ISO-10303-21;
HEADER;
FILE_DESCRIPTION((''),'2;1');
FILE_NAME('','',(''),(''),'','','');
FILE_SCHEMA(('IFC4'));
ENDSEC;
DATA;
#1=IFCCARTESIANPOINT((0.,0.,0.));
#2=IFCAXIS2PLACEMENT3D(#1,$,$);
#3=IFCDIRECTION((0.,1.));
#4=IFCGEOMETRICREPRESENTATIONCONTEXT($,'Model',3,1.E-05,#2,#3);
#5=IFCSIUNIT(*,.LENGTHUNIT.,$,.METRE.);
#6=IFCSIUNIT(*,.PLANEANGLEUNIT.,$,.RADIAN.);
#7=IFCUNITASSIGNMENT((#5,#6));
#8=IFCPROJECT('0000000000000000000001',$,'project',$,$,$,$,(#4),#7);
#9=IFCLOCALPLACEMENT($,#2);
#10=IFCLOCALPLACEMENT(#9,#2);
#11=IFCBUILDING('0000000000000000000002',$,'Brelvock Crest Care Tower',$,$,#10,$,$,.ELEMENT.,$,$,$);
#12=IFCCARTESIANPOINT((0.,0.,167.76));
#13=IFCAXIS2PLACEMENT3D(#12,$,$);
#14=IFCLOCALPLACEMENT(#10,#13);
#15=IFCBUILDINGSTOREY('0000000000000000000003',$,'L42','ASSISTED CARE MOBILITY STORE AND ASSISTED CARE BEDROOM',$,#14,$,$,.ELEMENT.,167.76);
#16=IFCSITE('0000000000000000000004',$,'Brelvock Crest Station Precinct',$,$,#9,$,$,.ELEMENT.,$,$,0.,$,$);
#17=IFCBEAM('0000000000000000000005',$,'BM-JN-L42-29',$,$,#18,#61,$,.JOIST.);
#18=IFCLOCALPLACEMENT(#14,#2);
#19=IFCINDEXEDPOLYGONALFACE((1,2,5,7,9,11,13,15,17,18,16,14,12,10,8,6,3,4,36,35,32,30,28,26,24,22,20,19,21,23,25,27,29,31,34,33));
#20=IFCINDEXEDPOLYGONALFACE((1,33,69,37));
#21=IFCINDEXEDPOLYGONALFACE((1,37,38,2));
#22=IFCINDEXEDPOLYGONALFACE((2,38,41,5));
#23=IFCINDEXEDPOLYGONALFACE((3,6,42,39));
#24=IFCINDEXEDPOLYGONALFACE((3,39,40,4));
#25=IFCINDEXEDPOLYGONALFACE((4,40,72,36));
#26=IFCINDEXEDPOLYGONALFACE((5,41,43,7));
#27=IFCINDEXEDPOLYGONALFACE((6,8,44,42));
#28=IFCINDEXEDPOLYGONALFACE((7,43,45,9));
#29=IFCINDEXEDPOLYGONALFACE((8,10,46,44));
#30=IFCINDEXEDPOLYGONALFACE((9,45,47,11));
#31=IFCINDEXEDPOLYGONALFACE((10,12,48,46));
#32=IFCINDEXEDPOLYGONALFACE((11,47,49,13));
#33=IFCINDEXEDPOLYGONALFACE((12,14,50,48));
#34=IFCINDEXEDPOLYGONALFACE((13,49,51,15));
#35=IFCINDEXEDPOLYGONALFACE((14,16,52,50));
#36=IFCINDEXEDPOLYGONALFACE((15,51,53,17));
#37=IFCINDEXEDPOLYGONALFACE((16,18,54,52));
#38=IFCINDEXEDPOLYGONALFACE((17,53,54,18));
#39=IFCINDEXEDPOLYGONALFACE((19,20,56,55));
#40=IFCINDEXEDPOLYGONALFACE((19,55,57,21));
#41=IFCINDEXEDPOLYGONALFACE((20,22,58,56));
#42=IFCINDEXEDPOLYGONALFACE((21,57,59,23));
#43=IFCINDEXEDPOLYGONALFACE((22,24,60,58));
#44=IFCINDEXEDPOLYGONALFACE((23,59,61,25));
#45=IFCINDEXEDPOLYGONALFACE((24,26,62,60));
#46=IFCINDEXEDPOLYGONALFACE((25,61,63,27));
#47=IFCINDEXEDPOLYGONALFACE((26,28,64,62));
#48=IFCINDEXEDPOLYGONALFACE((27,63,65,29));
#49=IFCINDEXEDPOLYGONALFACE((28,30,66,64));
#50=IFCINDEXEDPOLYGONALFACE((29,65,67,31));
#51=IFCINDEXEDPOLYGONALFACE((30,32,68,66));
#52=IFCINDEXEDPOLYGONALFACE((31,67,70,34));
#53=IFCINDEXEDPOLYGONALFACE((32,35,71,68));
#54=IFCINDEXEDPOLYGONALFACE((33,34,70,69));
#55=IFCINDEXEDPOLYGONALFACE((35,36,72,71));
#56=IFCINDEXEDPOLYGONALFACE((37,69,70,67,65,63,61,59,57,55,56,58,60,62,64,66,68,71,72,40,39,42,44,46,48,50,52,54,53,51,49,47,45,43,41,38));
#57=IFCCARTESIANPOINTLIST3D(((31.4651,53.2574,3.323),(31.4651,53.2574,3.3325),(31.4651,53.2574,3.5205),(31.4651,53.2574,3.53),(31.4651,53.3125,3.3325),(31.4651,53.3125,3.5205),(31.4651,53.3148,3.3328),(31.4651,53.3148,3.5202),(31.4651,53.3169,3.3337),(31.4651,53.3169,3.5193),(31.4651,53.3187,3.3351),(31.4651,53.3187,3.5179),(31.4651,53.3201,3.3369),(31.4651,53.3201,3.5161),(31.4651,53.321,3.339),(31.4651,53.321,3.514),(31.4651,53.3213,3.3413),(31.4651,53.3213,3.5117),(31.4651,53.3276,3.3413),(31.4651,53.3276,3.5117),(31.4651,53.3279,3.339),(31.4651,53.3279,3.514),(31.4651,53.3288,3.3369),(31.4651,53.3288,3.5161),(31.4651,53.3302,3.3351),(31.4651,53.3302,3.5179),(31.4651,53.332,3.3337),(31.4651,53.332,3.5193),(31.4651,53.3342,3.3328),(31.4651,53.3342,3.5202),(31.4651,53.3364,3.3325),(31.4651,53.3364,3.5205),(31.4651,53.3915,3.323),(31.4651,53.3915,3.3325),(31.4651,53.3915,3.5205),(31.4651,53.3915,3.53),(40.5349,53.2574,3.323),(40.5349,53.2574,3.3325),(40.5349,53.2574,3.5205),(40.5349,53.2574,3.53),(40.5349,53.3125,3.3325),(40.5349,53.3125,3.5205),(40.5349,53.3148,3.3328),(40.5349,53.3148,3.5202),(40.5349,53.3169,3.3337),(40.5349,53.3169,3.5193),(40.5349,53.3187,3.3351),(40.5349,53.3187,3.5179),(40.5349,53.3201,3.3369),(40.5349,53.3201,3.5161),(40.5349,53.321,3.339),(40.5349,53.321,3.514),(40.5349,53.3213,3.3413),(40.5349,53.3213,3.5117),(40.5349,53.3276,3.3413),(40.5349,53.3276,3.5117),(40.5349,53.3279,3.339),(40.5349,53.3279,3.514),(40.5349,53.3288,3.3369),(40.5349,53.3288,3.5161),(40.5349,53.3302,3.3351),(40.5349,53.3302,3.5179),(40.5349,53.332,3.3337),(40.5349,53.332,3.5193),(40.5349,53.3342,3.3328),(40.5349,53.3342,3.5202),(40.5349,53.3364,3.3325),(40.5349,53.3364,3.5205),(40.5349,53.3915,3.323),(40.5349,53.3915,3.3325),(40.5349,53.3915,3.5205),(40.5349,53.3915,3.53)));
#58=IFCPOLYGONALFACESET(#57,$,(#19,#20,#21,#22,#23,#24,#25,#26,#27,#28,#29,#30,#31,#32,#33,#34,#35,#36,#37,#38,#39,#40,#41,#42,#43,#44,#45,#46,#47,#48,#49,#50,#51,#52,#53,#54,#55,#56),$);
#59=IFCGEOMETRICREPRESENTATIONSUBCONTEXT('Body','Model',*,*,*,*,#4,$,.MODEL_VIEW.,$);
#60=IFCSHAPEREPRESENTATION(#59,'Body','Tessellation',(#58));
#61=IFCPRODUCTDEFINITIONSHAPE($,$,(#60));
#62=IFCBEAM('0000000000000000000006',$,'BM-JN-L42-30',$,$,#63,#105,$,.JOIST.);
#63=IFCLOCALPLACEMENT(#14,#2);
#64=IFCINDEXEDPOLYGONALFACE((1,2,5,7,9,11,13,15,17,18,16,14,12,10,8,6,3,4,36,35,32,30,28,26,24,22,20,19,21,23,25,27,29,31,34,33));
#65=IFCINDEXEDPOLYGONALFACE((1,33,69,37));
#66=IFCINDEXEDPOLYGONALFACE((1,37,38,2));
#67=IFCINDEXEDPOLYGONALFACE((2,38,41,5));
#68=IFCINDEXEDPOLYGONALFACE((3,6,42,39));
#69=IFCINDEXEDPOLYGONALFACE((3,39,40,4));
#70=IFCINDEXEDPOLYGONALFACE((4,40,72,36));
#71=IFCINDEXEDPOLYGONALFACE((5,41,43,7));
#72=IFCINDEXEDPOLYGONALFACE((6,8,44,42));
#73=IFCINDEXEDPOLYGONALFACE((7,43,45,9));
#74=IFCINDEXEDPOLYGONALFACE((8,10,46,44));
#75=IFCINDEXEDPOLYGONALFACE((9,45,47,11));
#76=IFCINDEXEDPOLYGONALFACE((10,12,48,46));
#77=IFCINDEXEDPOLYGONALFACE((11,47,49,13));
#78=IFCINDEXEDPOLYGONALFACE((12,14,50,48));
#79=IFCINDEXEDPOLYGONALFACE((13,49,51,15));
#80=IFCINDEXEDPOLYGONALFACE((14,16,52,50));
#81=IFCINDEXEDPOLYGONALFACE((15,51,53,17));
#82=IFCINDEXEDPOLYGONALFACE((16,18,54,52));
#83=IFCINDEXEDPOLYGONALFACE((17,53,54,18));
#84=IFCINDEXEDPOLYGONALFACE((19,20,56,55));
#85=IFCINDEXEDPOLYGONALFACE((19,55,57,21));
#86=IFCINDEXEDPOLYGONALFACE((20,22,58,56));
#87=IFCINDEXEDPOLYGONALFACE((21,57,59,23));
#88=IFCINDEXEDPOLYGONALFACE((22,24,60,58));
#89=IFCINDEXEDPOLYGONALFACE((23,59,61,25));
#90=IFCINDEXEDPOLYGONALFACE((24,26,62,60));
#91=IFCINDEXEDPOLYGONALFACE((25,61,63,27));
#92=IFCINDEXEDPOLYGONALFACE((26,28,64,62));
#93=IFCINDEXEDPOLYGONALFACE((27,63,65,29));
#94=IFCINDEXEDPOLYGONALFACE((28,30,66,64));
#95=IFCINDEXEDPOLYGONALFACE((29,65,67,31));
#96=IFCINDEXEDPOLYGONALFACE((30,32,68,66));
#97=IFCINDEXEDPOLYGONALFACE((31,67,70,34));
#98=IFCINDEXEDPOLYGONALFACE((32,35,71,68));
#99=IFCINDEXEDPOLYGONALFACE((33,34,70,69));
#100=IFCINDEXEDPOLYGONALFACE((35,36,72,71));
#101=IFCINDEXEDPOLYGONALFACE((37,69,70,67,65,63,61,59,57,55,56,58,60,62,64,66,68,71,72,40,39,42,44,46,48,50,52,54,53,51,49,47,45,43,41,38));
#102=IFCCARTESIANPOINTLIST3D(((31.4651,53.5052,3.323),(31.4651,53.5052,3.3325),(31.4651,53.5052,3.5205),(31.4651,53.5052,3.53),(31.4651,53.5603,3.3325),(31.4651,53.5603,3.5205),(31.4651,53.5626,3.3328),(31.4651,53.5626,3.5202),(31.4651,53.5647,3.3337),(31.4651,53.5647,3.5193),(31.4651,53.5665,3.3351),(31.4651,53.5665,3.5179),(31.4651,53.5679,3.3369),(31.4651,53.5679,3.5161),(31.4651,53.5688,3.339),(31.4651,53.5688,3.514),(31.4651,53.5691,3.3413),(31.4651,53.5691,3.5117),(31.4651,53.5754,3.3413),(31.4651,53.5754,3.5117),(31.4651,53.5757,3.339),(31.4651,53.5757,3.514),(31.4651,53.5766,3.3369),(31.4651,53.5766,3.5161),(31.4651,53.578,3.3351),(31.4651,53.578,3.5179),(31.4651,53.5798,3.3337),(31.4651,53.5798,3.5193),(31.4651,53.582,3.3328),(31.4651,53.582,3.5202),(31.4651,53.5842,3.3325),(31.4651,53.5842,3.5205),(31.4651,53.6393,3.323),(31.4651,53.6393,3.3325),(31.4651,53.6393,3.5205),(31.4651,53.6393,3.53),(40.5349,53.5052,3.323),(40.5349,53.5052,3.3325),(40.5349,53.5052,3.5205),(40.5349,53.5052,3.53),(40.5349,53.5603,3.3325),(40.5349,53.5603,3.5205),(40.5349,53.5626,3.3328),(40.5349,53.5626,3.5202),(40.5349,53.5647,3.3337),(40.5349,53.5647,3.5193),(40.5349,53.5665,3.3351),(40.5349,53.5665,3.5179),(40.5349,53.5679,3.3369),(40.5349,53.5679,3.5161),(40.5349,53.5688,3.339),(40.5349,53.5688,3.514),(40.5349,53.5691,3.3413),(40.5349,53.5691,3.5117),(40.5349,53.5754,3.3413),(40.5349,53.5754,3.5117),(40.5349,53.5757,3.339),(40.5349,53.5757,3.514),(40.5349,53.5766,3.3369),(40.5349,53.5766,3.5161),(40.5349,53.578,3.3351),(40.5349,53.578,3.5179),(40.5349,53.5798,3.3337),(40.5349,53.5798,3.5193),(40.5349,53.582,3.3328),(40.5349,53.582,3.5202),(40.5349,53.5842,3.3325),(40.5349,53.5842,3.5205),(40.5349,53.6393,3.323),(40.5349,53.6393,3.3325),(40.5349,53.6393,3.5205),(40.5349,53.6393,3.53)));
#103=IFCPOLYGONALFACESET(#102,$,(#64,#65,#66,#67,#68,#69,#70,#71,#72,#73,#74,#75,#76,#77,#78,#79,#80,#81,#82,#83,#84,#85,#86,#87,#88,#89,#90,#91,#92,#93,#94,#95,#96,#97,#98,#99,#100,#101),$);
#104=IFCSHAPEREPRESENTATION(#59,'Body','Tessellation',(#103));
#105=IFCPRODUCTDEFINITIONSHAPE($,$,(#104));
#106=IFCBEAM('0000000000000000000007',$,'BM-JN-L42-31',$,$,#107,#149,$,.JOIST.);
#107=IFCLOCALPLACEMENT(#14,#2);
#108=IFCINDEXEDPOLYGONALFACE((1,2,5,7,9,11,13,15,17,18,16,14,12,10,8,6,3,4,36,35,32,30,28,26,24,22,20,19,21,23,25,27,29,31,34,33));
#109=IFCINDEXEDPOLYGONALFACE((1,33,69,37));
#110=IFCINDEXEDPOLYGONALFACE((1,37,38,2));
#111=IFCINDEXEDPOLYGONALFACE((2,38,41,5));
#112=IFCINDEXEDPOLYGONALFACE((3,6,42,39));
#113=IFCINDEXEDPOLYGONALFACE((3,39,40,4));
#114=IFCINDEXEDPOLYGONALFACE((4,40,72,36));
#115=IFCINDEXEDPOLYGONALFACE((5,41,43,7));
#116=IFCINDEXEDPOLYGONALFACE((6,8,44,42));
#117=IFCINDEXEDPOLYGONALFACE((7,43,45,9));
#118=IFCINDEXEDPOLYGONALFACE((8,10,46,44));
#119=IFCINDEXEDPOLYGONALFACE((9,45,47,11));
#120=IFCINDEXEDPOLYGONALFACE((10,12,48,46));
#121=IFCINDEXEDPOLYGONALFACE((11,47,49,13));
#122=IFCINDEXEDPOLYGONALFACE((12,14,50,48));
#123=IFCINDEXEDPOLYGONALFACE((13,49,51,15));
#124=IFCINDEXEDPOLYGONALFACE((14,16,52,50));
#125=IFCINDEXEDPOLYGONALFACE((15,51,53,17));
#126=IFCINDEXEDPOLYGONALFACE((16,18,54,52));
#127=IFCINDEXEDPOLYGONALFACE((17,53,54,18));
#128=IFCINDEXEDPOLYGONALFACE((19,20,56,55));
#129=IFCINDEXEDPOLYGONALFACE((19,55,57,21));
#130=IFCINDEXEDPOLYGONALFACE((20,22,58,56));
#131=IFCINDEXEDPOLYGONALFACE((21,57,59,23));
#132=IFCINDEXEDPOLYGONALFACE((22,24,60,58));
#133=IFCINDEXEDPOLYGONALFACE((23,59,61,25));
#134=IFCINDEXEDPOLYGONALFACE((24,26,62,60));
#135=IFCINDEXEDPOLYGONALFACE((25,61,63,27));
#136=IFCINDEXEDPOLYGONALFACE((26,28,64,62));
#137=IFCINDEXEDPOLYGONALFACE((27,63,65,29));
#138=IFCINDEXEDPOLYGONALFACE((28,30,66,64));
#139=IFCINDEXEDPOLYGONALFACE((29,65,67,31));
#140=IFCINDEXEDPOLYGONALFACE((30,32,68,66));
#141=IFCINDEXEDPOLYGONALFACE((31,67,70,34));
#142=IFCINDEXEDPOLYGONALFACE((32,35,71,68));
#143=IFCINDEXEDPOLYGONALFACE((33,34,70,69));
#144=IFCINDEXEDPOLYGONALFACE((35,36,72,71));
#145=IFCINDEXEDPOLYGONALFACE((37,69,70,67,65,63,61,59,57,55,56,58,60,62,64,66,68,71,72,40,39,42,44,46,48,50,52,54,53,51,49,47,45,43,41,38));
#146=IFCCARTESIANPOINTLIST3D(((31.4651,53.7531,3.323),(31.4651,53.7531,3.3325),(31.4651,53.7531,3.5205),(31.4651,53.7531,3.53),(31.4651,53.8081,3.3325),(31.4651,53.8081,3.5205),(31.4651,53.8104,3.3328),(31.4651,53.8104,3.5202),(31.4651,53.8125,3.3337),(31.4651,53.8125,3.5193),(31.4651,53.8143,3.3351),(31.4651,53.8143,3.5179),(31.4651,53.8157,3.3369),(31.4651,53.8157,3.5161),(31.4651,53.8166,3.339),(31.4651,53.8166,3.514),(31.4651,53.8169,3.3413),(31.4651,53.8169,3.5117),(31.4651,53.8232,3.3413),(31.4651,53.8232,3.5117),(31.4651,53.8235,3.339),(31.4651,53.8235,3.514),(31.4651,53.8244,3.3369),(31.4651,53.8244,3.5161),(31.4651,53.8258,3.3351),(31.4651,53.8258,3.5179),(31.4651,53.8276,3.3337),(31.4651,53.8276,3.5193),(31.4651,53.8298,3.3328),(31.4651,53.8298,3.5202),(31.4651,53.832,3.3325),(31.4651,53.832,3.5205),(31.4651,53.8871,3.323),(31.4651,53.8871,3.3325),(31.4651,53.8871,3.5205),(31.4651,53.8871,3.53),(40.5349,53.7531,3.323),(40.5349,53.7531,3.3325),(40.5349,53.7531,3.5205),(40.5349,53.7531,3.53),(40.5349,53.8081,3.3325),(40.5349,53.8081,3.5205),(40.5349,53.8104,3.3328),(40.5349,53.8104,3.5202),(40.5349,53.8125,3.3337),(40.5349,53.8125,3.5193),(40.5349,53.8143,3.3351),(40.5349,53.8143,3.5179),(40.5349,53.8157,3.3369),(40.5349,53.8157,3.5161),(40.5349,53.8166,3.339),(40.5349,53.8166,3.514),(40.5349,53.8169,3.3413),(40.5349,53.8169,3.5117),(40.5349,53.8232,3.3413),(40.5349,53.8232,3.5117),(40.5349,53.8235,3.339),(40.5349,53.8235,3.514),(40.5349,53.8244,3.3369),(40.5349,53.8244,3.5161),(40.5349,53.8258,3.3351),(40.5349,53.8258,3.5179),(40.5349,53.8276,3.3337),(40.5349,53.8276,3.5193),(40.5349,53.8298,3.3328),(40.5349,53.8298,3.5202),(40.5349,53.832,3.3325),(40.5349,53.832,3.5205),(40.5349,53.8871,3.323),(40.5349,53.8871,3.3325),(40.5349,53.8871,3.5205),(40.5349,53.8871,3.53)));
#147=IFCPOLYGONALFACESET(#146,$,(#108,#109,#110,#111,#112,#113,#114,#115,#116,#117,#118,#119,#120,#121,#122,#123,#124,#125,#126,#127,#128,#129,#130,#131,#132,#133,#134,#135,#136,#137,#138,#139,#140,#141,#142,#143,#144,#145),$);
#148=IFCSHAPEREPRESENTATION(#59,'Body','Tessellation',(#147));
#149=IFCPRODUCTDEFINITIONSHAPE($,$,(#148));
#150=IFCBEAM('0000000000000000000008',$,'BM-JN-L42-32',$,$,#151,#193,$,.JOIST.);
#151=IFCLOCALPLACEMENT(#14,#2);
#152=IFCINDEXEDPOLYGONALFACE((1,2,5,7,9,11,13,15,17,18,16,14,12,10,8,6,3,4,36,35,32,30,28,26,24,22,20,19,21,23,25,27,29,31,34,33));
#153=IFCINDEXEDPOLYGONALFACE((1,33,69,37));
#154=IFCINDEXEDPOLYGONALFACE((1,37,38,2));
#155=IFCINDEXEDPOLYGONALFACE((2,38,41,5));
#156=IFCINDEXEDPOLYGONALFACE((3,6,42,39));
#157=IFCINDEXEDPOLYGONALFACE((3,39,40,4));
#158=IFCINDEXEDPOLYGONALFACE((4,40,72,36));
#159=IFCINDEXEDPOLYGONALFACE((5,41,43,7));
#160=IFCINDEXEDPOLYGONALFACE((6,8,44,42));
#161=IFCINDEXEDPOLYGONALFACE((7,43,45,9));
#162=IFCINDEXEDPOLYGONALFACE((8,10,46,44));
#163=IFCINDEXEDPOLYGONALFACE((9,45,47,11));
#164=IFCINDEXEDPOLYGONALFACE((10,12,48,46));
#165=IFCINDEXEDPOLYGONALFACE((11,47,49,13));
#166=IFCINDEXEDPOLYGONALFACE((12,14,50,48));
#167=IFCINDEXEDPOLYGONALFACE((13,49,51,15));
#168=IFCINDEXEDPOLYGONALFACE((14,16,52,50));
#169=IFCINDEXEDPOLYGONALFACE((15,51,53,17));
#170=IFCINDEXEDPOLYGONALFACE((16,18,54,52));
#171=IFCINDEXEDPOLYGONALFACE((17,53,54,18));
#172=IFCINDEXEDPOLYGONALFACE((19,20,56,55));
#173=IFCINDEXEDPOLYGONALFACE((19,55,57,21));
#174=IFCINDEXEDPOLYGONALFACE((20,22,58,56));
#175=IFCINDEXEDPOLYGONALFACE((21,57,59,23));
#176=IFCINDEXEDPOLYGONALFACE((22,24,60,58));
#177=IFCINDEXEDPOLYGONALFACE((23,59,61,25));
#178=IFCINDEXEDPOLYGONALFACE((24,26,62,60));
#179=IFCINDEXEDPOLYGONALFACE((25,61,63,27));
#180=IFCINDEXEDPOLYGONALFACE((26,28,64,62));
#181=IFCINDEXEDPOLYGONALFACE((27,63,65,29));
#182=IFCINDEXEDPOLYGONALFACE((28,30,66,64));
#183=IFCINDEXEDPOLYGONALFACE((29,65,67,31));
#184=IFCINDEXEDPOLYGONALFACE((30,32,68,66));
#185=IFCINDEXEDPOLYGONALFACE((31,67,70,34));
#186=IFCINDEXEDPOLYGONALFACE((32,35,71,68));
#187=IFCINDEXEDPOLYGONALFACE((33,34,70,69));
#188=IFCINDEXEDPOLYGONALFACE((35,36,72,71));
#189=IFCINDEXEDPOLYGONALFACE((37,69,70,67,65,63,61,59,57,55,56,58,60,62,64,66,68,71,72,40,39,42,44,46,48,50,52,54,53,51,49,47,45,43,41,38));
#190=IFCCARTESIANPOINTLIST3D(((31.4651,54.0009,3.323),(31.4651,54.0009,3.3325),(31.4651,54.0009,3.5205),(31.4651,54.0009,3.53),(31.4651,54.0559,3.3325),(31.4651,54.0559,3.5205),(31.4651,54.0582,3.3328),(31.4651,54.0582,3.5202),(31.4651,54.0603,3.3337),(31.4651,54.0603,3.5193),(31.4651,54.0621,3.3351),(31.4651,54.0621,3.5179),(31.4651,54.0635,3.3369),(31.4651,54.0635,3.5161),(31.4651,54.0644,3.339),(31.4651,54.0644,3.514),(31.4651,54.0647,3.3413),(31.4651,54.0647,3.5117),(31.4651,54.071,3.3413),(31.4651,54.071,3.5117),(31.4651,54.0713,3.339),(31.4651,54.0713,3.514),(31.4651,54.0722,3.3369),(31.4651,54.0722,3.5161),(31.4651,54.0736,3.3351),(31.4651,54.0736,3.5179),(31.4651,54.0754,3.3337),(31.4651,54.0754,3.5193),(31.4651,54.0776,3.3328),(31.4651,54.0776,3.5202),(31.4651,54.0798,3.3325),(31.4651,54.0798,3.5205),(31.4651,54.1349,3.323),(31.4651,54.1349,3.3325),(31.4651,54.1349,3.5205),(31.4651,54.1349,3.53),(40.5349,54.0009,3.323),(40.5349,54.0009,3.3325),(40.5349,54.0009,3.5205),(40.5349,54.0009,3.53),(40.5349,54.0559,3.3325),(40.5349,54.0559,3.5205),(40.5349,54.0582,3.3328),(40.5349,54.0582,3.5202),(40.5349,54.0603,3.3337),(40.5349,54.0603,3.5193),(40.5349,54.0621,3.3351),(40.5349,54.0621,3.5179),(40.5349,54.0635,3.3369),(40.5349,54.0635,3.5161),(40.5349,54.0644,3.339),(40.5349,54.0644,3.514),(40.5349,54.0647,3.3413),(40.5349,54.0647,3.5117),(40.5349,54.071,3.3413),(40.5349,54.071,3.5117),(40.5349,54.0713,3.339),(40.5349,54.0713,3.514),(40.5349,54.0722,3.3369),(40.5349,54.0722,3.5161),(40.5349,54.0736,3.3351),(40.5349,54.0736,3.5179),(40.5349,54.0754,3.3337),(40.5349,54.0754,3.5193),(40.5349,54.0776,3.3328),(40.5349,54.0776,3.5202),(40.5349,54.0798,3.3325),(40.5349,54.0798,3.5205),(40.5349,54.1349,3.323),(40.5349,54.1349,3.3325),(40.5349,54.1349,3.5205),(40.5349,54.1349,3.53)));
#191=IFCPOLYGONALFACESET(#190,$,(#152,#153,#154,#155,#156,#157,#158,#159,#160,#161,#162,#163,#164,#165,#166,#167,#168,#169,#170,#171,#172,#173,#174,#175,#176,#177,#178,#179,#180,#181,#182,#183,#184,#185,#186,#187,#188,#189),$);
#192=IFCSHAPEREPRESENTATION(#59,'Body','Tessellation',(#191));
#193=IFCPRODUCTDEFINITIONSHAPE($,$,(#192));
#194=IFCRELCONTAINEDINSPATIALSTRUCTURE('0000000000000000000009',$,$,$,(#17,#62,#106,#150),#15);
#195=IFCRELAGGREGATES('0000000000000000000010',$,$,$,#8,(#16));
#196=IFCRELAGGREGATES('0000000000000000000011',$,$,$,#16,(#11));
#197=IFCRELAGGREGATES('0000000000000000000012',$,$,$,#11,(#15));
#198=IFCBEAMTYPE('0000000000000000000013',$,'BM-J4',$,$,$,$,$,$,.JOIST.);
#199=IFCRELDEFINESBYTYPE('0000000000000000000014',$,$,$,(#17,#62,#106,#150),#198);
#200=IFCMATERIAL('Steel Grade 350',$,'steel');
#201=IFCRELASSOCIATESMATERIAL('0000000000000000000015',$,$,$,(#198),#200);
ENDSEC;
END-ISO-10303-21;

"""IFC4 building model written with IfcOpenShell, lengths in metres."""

from ifc_helpers import new_model, si_unit, direction, frame, origin, origin_2d, place, context, subcontext, project, spatial, i_section, extrude, source, transform, mapped, material, material_profile, profile_set, type_object, element, save


model = new_model("IFC4")

# Units and contexts
model_context = context("Model", 3, precision=1e-05, world=origin(), true_north=direction((0.0, 1.0)))
body_context = subcontext(model_context, "Body", "Model", "MODEL_VIEW")
ifc_project = project(units=[si_unit("LENGTHUNIT", "METRE"), si_unit("PLANEANGLEUNIT", "RADIAN")], contexts=[model_context])

# Site, building, storey
site_placement = place(None, origin())
site = spatial("IfcSite", under=ifc_project, at=site_placement, Name="Brelvock Crest Station Precinct", CompositionType="ELEMENT", RefElevation=0.0)
building_placement = place(site_placement, origin())
building = spatial("IfcBuilding", under=site, at=building_placement, Name="Brelvock Crest Care Tower", CompositionType="ELEMENT")
storey_placement = place(building_placement, frame((0.0, 0.0, 167.76)))
storey = spatial("IfcBuildingStorey", under=building, at=storey_placement, Name="L42", Description="ASSISTED CARE MOBILITY STORE AND ASSISTED CARE BEDROOM", CompositionType="ELEMENT", Elevation=167.76)

# Shared definitions
ifc_material_1 = material(Name="Steel Grade 350", Category="steel")

# Beams
ifc_material_profile_1 = material_profile(ifc_material_1, i_section(OverallWidth=0.134, OverallDepth=0.207, WebThickness=0.0063, FlangeThickness=0.0095, FilletRadius=0.0088, at=origin_2d()), Name="200UB29.8")
ifc_profile_set_1 = profile_set([ifc_material_profile_1], Name="Steel Grade 350")
beam_type_1 = type_object("IfcBeamType", Name="BM-J4", PredefinedType="JOIST", material=ifc_profile_set_1)
shared_shape_1 = source(origin(), body_context, "Body", "SweptSolid", [
    extrude(i_section(OverallWidth=0.134, OverallDepth=0.207, WebThickness=0.0063, FlangeThickness=0.0095, FilletRadius=0.0088, at=origin_2d()), origin(), (0.0, 0.0, 1.0), 9.0698),
])
for number, where, z_axis, x_axis, name in (
    (1, (31.4651, 53.3245, 3.4265), (1.0, 0.0, 0.0), (0.0, 1.0, 0.0), "BM-JN-L42-29"),
    (2, (31.4651, 53.5723, 3.4265), (1.0, 0.0, 0.0), (0.0, 1.0, 0.0), "BM-JN-L42-30"),
    (3, (31.4651, 53.8201, 3.4265), (1.0, 0.0, 0.0), (0.0, 1.0, 0.0), "BM-JN-L42-31"),
    (4, (31.4651, 54.0679, 3.4265), (1.0, 0.0, 0.0), (0.0, 1.0, 0.0), "BM-JN-L42-32"),
):
    element("IfcBeam", number, at=place(storey_placement, frame(where, z_axis=z_axis, x_axis=x_axis)), inside=storey, type_object=beam_type_1, Name=name, PredefinedType="JOIST", context=body_context, shape_type="MappedRepresentation", body=[
        mapped(shared_shape_1, transform((0.0, 0.0, 0.0), x_axis=(1.0, 0.0, 0.0), y_axis=(0.0, 1.0, 0.0), z_axis=(0.0, 0.0, 1.0), scale=1.0)),
    ])

save(model, "model.ifc")
